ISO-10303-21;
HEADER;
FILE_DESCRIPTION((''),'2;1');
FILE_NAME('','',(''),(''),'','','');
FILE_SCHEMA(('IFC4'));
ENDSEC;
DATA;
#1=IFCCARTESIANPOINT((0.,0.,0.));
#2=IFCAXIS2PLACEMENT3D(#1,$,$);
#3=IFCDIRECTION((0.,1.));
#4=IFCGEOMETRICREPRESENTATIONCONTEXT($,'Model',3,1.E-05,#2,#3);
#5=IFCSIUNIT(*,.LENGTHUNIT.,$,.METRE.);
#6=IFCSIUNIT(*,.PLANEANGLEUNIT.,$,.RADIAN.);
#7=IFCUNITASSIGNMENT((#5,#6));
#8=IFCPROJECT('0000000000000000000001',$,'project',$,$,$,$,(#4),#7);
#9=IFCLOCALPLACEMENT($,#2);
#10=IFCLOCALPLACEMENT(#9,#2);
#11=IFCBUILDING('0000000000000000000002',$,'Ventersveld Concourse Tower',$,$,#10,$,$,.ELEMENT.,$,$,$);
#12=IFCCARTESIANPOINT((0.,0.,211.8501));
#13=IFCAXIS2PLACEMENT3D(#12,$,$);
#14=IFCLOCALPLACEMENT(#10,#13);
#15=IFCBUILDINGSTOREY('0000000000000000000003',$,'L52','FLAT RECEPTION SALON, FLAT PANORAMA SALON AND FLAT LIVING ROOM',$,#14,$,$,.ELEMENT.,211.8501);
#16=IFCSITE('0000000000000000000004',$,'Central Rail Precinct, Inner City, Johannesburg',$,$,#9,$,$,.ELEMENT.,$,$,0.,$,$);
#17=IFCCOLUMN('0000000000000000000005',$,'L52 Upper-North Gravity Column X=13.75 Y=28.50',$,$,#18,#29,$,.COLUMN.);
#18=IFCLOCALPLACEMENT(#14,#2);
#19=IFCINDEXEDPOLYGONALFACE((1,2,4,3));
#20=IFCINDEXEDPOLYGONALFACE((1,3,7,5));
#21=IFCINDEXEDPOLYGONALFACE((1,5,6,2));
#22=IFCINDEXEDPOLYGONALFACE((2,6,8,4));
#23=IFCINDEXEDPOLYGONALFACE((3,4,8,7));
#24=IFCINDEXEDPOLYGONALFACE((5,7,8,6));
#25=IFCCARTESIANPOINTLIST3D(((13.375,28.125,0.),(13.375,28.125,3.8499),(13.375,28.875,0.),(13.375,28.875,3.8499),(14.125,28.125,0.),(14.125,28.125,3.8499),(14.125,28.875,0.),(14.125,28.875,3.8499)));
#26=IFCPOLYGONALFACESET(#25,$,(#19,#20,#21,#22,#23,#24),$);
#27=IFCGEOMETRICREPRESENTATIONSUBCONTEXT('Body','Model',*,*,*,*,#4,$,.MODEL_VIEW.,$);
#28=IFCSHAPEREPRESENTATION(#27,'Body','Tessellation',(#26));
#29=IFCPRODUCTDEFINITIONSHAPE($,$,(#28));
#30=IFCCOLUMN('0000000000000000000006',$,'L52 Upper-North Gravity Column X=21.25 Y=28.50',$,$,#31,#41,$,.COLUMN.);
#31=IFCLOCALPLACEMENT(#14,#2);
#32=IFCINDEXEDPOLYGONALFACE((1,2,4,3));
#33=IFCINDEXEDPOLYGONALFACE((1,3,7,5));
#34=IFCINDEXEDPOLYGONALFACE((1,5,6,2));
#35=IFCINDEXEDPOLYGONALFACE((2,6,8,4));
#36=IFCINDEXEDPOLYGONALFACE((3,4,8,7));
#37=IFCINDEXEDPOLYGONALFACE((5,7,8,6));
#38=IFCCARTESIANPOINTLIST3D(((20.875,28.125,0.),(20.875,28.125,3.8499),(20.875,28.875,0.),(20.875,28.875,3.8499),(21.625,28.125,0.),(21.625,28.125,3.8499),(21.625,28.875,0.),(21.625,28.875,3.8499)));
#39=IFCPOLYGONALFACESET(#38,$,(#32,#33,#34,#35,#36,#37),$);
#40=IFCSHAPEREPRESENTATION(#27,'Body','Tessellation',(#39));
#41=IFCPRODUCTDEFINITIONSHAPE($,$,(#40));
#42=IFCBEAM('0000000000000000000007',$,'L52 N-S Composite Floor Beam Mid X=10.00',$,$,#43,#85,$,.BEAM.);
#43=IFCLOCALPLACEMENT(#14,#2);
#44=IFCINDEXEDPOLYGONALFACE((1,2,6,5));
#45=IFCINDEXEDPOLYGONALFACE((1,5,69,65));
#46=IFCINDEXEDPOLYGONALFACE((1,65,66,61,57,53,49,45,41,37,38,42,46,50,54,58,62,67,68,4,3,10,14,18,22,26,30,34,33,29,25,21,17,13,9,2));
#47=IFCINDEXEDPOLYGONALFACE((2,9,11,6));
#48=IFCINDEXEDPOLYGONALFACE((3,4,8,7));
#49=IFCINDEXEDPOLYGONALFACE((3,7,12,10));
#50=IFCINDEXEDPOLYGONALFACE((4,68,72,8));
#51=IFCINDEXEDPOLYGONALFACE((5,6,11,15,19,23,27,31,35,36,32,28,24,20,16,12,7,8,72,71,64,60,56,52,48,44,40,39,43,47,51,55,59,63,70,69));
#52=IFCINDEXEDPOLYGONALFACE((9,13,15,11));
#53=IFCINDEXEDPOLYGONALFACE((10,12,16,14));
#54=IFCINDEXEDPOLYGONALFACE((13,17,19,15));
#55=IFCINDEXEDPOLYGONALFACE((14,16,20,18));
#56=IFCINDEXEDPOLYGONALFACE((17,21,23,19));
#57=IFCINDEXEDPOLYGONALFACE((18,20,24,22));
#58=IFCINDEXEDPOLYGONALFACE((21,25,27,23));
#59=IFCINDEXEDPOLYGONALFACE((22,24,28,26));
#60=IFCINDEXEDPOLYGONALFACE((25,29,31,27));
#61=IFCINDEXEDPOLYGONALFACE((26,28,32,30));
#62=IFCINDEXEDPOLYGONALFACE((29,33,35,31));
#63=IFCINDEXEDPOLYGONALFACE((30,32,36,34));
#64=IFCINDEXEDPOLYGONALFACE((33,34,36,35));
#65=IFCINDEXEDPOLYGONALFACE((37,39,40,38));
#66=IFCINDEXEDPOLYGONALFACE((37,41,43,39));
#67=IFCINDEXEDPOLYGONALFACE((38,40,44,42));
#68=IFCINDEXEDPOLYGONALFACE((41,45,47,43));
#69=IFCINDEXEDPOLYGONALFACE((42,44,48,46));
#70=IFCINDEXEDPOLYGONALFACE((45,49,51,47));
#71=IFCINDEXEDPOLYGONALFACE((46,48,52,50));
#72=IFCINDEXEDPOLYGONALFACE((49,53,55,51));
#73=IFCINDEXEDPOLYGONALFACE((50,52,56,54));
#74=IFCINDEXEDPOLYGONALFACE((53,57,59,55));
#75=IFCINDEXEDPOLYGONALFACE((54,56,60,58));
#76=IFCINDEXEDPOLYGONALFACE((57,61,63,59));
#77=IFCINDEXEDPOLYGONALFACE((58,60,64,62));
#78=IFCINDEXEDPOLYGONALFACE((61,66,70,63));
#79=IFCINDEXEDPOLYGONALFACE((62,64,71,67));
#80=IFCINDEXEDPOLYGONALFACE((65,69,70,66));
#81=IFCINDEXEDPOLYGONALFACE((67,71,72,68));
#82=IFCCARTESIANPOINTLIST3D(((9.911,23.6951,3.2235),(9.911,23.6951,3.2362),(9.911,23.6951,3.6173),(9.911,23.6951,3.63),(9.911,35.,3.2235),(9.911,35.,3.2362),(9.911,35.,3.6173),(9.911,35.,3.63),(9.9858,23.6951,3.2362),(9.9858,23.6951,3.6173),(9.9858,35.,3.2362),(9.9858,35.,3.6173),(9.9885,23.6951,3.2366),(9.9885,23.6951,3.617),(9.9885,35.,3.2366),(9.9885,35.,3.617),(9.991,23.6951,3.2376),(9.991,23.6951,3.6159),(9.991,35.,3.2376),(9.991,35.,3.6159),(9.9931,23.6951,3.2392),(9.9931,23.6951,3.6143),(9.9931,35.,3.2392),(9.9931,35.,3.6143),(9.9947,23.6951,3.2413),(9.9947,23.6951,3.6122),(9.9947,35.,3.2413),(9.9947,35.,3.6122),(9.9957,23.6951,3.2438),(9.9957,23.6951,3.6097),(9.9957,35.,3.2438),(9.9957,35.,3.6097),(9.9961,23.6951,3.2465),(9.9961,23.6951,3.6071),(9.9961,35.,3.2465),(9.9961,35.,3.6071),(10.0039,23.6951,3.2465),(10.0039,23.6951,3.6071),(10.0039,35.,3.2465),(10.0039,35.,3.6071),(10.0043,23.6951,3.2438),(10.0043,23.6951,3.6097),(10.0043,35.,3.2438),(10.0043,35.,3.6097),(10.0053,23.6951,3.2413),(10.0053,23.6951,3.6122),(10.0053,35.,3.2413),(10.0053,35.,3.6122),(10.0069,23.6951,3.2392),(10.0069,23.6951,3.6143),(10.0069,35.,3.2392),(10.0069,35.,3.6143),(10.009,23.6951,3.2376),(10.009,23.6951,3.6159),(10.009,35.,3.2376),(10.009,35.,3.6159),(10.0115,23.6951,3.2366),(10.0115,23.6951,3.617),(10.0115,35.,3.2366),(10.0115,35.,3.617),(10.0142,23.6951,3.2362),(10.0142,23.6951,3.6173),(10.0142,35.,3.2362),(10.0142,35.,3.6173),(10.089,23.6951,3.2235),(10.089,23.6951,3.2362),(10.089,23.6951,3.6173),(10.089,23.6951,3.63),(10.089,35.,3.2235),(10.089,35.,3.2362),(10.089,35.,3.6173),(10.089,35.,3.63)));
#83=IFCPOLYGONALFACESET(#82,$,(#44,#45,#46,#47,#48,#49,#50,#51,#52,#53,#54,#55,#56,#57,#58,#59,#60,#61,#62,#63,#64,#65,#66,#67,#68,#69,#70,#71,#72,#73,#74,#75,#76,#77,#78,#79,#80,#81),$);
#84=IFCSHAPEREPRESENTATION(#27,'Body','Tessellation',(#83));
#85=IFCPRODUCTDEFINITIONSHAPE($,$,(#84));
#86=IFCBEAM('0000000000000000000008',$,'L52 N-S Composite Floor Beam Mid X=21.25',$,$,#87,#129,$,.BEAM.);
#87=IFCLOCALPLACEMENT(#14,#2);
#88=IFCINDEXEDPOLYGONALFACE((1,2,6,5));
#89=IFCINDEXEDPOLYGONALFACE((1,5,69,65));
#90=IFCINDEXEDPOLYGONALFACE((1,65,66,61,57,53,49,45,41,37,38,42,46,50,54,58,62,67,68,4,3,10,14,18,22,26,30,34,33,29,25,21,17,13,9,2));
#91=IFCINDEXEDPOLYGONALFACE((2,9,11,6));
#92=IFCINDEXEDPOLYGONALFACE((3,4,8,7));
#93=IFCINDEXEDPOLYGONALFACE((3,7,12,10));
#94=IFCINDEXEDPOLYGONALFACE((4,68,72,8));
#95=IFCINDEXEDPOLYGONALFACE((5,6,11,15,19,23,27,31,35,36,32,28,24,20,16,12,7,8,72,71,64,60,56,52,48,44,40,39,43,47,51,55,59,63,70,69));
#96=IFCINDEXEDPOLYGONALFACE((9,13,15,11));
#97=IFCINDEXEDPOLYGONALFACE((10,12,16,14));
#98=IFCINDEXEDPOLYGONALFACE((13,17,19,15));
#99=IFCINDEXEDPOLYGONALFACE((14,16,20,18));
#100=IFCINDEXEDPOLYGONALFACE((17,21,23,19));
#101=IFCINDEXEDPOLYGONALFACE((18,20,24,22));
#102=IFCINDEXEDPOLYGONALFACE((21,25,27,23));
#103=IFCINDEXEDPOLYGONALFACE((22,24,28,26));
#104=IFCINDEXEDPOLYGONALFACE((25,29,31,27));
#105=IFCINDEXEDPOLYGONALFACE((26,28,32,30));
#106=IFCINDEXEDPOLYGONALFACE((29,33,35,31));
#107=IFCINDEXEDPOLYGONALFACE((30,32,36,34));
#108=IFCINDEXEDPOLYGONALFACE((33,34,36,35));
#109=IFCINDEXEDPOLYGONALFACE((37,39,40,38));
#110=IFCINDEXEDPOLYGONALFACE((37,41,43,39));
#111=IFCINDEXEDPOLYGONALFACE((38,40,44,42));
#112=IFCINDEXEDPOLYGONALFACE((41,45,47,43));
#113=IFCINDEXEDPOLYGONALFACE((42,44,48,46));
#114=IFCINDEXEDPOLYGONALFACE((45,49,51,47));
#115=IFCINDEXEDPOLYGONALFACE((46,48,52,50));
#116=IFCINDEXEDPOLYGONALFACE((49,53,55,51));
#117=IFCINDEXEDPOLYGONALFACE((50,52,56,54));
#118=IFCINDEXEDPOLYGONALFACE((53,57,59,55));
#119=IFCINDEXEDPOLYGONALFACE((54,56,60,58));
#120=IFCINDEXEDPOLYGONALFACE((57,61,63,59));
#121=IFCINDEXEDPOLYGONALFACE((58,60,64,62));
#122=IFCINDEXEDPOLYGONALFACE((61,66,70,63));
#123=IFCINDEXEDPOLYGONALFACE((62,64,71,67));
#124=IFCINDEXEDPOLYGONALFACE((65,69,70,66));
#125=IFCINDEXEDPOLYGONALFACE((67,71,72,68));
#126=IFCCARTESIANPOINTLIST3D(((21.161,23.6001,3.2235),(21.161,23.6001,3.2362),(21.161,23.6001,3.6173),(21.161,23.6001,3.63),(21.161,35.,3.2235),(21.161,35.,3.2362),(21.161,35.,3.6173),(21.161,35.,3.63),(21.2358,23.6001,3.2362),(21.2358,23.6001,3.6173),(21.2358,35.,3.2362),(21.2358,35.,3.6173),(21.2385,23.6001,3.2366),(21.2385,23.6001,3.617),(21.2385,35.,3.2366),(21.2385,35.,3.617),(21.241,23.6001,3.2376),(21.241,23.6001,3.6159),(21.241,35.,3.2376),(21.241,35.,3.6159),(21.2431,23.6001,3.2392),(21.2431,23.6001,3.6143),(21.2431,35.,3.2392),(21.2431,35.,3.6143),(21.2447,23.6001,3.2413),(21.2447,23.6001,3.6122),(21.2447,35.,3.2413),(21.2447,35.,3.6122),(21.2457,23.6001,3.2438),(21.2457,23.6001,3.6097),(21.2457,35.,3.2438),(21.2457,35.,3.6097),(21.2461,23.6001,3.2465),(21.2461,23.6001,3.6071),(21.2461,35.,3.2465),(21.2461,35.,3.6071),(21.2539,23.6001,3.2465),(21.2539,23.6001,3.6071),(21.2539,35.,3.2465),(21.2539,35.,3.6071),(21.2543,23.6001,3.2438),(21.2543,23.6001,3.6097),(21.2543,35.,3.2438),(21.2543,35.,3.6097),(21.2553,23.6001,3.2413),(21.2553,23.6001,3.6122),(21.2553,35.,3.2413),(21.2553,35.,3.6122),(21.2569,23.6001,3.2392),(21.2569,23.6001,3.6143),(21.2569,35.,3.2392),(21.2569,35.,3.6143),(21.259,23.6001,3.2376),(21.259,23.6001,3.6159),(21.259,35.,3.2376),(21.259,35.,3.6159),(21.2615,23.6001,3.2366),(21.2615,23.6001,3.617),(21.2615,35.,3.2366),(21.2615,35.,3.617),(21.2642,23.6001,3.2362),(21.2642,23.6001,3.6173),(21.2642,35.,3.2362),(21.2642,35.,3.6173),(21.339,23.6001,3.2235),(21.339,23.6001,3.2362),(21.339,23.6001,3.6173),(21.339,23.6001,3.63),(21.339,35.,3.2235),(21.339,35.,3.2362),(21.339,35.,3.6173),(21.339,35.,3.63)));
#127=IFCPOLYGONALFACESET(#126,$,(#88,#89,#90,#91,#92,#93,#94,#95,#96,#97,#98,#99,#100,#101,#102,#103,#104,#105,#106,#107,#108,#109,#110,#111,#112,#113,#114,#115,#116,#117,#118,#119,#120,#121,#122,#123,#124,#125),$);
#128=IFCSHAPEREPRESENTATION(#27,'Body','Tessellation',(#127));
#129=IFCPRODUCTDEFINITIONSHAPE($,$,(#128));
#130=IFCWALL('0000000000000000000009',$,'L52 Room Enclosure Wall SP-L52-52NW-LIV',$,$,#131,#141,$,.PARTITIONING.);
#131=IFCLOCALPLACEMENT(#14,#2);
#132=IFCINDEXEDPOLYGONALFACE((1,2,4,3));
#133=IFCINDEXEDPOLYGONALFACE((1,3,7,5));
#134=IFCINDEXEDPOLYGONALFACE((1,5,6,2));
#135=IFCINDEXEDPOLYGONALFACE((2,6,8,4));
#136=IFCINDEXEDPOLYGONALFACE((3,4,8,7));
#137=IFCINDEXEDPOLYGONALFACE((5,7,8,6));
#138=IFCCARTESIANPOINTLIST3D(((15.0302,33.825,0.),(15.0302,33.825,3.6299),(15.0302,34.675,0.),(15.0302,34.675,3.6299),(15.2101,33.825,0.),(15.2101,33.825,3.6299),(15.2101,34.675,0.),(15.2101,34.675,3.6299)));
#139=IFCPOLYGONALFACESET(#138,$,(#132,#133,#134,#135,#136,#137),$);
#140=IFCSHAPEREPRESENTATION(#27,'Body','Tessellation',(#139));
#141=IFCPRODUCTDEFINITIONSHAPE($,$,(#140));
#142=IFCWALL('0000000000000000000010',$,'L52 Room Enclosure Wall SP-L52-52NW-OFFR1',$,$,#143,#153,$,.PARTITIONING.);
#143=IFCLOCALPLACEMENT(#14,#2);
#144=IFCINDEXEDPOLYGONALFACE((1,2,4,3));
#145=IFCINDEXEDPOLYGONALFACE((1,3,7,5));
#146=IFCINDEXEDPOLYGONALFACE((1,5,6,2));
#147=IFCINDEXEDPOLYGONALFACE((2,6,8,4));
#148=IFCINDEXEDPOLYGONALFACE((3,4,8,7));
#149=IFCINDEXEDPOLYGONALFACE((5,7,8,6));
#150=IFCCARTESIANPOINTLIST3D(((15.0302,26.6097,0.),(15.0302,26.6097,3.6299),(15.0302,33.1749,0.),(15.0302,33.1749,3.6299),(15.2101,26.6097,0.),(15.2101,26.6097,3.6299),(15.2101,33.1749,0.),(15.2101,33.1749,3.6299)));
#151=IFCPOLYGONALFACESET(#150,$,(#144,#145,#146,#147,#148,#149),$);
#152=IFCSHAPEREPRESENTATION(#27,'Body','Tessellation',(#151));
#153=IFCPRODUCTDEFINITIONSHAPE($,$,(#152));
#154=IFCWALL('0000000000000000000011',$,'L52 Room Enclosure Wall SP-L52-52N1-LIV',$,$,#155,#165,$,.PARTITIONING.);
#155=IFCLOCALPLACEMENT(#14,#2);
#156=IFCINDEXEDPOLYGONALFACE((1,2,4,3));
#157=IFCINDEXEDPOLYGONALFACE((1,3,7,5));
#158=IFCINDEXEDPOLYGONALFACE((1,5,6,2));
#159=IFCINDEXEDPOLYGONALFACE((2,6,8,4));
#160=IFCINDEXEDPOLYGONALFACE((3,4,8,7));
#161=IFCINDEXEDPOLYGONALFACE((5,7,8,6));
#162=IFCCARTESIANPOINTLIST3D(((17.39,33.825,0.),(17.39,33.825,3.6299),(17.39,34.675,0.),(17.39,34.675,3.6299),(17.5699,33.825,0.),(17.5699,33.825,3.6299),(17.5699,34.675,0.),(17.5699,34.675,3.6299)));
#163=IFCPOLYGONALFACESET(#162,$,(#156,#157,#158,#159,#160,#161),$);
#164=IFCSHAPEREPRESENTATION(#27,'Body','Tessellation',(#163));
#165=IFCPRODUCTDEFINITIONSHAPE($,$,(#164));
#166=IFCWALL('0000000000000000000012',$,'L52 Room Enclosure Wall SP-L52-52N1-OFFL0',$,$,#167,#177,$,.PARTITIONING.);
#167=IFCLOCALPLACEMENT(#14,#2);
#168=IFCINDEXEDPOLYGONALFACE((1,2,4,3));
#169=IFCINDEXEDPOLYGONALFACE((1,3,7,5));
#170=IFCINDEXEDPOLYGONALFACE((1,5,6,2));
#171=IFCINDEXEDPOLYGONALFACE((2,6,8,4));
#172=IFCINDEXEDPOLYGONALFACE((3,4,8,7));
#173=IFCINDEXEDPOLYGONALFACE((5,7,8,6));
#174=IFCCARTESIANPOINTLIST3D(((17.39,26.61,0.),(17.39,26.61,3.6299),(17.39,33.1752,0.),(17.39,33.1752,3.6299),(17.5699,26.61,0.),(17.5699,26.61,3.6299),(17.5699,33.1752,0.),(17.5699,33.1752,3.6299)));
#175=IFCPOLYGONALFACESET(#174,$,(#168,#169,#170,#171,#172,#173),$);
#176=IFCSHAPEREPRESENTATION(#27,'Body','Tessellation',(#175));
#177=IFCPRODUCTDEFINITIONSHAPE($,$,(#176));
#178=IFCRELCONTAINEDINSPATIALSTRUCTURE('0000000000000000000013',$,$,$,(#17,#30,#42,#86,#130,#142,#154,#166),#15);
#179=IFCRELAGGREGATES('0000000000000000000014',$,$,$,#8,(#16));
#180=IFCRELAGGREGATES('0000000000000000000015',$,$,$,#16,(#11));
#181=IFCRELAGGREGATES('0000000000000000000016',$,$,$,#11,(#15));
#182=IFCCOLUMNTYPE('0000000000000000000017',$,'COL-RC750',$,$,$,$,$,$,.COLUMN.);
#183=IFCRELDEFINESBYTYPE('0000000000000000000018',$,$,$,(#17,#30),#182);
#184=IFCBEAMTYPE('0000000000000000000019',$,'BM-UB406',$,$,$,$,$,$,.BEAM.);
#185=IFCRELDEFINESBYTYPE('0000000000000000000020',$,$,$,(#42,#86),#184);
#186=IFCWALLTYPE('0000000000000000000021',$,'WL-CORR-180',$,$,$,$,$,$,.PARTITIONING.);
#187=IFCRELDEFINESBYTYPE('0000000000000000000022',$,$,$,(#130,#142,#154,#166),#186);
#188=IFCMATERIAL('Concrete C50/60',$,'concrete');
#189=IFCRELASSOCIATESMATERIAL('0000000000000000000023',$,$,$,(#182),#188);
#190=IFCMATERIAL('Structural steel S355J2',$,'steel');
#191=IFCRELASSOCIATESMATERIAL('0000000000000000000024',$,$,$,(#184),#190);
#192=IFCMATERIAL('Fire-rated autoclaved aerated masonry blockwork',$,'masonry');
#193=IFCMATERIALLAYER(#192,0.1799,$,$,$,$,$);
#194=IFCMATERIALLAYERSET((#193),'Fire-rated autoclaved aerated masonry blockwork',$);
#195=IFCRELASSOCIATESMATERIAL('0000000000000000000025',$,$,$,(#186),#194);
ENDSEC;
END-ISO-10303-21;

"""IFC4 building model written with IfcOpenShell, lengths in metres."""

from ifc_helpers import new_model, si_unit, direction, frame, frame_2d, origin, origin_2d, place, context, subcontext, project, spatial, rectangle, i_section, extrude, material, layer, layer_set, material_profile, profile_set, type_object, element, save


model = new_model("IFC4")

# Units and contexts
model_context = context("Model", 3, precision=1e-05, world=origin(), true_north=direction((0.0, 1.0)))
body_context = subcontext(model_context, "Body", "Model", "MODEL_VIEW")
ifc_project = project(units=[si_unit("LENGTHUNIT", "METRE"), si_unit("PLANEANGLEUNIT", "RADIAN")], contexts=[model_context])

# Site, building, storey
site_placement = place(None, origin())
site = spatial("IfcSite", under=ifc_project, at=site_placement, Name="Central Rail Precinct, Inner City, Johannesburg", CompositionType="ELEMENT", RefElevation=0.0)
building_placement = place(site_placement, origin())
building = spatial("IfcBuilding", under=site, at=building_placement, Name="Ventersveld Concourse Tower", CompositionType="ELEMENT")
storey_placement = place(building_placement, frame((0.0, 0.0, 211.8501)))
storey = spatial("IfcBuildingStorey", under=building, at=storey_placement, Name="L52", Description="FLAT RECEPTION SALON, FLAT PANORAMA SALON AND FLAT LIVING ROOM", CompositionType="ELEMENT", Elevation=211.8501)

# Columns
ifc_material_1 = material(Name="Concrete C50/60", Category="concrete")
ifc_material_profile_1 = material_profile(ifc_material_1, rectangle(XDim=0.75, YDim=0.75, at=origin_2d()), Name="RC 750x750")
ifc_profile_set_1 = profile_set([ifc_material_profile_1], Name="Concrete C50/60")
column_type = type_object("IfcColumnType", Name="COL-RC750", PredefinedType="COLUMN", material=ifc_profile_set_1)
for number, where, z_axis, x_axis, name in (
    (1, (13.75, 28.5, 0.0), (0.0, 0.0, 1.0), (1.0, 0.0, 0.0), "L52 Upper-North Gravity Column X=13.75 Y=28.50"),
    (2, (21.25, 28.5, 0.0), (0.0, 0.0, 1.0), (1.0, 0.0, 0.0), "L52 Upper-North Gravity Column X=21.25 Y=28.50"),
):
    element("IfcColumn", number, at=place(storey_placement, frame(where, z_axis=z_axis, x_axis=x_axis)), inside=storey, type_object=column_type, Name=name, PredefinedType="COLUMN", context=body_context, shape_type="SweptSolid", body=[
        extrude(rectangle(XDim=0.75, YDim=0.75, at=origin_2d()), origin(), (0.0, 0.0, 1.0), 3.8499),
    ])

# Beams
ifc_material_2 = material(Name="Structural steel S355J2", Category="steel")
ifc_material_profile_2 = material_profile(ifc_material_2, i_section(OverallWidth=0.178, OverallDepth=0.4065, WebThickness=0.0078, FlangeThickness=0.0127, FilletRadius=0.0103, at=origin_2d()), Name="UB 406x178x60")
ifc_profile_set_2 = profile_set([ifc_material_profile_2], Name="Structural steel S355J2")
beam_type = type_object("IfcBeamType", Name="BM-UB406", PredefinedType="BEAM", material=ifc_profile_set_2)
beam_1_placement = place(storey_placement, frame((10.0, 23.6951, 3.4268), z_axis=(0.0, 1.0, 0.0), x_axis=(-1.0, 0.0, 0.0)))
element("IfcBeam", 3, at=beam_1_placement, inside=storey, type_object=beam_type, Name="L52 N-S Composite Floor Beam Mid X=10.00", PredefinedType="BEAM", context=body_context, shape_type="SweptSolid", body=[
    extrude(i_section(OverallWidth=0.178, OverallDepth=0.4065, WebThickness=0.0078, FlangeThickness=0.0127, FilletRadius=0.0103, at=origin_2d()), origin(), (0.0, 0.0, 1.0), 11.3049),
])
beam_2_placement = place(storey_placement, frame((21.25, 23.6001, 3.4268), z_axis=(0.0, 1.0, 0.0), x_axis=(-1.0, 0.0, 0.0)))
element("IfcBeam", 4, at=beam_2_placement, inside=storey, type_object=beam_type, Name="L52 N-S Composite Floor Beam Mid X=21.25", PredefinedType="BEAM", context=body_context, shape_type="SweptSolid", body=[
    extrude(i_section(OverallWidth=0.178, OverallDepth=0.4065, WebThickness=0.0078, FlangeThickness=0.0127, FilletRadius=0.0103, at=origin_2d()), origin(), (0.0, 0.0, 1.0), 11.3999),
])

# Walls
ifc_material_3 = material(Name="Fire-rated autoclaved aerated masonry blockwork", Category="masonry")
ifc_layer_1 = layer(ifc_material_3, 0.1799)
ifc_layer_set_1 = layer_set([ifc_layer_1], Name="Fire-rated autoclaved aerated masonry blockwork")
wall_type_1 = type_object("IfcWallType", Name="WL-CORR-180", PredefinedType="PARTITIONING", material=ifc_layer_set_1)
wall_1_placement = place(storey_placement, frame((15.1201, 34.675, 0.0), z_axis=(0.0, 0.0, 1.0), x_axis=(0.0, -1.0, 0.0)))
element("IfcWall", 5, at=wall_1_placement, inside=storey, type_object=wall_type_1, Name="L52 Room Enclosure Wall SP-L52-52NW-LIV", PredefinedType="PARTITIONING", context=body_context, shape_type="SweptSolid", body=[
    extrude(rectangle(XDim=0.8501, YDim=0.1799, at=frame_2d((0.425, 0.0))), origin(), (0.0, 0.0, 1.0), 3.6299),
])
wall_2_placement = place(storey_placement, frame((15.1201, 33.175, 0.0), z_axis=(0.0, 0.0, 1.0), x_axis=(0.0, -1.0, 0.0)))
element("IfcWall", 6, at=wall_2_placement, inside=storey, type_object=wall_type_1, Name="L52 Room Enclosure Wall SP-L52-52NW-OFFR1", PredefinedType="PARTITIONING", context=body_context, shape_type="SweptSolid", body=[
    extrude(rectangle(XDim=6.5652, YDim=0.1799, at=frame_2d((3.2827, 0.0))), origin(), (0.0, 0.0, 1.0), 3.6299),
])
wall_3_placement = place(storey_placement, frame((17.48, 33.825, 0.0), z_axis=(0.0, 0.0, 1.0), x_axis=(0.0, 1.0, 0.0)))
element("IfcWall", 7, at=wall_3_placement, inside=storey, type_object=wall_type_1, Name="L52 Room Enclosure Wall SP-L52-52N1-LIV", PredefinedType="PARTITIONING", context=body_context, shape_type="SweptSolid", body=[
    extrude(rectangle(XDim=0.8501, YDim=0.1799, at=frame_2d((0.425, 0.0))), origin(), (0.0, 0.0, 1.0), 3.6299),
])
wall_4_placement = place(storey_placement, frame((17.48, 26.6099, 0.0), z_axis=(0.0, 0.0, 1.0), x_axis=(0.0, 1.0, 0.0)))
element("IfcWall", 8, at=wall_4_placement, inside=storey, type_object=wall_type_1, Name="L52 Room Enclosure Wall SP-L52-52N1-OFFL0", PredefinedType="PARTITIONING", context=body_context, shape_type="SweptSolid", body=[
    extrude(rectangle(XDim=6.5652, YDim=0.1799, at=frame_2d((3.2827, 0.0))), origin(), (0.0, 0.0, 1.0), 3.6299),
])

save(model, "model.ifc")
